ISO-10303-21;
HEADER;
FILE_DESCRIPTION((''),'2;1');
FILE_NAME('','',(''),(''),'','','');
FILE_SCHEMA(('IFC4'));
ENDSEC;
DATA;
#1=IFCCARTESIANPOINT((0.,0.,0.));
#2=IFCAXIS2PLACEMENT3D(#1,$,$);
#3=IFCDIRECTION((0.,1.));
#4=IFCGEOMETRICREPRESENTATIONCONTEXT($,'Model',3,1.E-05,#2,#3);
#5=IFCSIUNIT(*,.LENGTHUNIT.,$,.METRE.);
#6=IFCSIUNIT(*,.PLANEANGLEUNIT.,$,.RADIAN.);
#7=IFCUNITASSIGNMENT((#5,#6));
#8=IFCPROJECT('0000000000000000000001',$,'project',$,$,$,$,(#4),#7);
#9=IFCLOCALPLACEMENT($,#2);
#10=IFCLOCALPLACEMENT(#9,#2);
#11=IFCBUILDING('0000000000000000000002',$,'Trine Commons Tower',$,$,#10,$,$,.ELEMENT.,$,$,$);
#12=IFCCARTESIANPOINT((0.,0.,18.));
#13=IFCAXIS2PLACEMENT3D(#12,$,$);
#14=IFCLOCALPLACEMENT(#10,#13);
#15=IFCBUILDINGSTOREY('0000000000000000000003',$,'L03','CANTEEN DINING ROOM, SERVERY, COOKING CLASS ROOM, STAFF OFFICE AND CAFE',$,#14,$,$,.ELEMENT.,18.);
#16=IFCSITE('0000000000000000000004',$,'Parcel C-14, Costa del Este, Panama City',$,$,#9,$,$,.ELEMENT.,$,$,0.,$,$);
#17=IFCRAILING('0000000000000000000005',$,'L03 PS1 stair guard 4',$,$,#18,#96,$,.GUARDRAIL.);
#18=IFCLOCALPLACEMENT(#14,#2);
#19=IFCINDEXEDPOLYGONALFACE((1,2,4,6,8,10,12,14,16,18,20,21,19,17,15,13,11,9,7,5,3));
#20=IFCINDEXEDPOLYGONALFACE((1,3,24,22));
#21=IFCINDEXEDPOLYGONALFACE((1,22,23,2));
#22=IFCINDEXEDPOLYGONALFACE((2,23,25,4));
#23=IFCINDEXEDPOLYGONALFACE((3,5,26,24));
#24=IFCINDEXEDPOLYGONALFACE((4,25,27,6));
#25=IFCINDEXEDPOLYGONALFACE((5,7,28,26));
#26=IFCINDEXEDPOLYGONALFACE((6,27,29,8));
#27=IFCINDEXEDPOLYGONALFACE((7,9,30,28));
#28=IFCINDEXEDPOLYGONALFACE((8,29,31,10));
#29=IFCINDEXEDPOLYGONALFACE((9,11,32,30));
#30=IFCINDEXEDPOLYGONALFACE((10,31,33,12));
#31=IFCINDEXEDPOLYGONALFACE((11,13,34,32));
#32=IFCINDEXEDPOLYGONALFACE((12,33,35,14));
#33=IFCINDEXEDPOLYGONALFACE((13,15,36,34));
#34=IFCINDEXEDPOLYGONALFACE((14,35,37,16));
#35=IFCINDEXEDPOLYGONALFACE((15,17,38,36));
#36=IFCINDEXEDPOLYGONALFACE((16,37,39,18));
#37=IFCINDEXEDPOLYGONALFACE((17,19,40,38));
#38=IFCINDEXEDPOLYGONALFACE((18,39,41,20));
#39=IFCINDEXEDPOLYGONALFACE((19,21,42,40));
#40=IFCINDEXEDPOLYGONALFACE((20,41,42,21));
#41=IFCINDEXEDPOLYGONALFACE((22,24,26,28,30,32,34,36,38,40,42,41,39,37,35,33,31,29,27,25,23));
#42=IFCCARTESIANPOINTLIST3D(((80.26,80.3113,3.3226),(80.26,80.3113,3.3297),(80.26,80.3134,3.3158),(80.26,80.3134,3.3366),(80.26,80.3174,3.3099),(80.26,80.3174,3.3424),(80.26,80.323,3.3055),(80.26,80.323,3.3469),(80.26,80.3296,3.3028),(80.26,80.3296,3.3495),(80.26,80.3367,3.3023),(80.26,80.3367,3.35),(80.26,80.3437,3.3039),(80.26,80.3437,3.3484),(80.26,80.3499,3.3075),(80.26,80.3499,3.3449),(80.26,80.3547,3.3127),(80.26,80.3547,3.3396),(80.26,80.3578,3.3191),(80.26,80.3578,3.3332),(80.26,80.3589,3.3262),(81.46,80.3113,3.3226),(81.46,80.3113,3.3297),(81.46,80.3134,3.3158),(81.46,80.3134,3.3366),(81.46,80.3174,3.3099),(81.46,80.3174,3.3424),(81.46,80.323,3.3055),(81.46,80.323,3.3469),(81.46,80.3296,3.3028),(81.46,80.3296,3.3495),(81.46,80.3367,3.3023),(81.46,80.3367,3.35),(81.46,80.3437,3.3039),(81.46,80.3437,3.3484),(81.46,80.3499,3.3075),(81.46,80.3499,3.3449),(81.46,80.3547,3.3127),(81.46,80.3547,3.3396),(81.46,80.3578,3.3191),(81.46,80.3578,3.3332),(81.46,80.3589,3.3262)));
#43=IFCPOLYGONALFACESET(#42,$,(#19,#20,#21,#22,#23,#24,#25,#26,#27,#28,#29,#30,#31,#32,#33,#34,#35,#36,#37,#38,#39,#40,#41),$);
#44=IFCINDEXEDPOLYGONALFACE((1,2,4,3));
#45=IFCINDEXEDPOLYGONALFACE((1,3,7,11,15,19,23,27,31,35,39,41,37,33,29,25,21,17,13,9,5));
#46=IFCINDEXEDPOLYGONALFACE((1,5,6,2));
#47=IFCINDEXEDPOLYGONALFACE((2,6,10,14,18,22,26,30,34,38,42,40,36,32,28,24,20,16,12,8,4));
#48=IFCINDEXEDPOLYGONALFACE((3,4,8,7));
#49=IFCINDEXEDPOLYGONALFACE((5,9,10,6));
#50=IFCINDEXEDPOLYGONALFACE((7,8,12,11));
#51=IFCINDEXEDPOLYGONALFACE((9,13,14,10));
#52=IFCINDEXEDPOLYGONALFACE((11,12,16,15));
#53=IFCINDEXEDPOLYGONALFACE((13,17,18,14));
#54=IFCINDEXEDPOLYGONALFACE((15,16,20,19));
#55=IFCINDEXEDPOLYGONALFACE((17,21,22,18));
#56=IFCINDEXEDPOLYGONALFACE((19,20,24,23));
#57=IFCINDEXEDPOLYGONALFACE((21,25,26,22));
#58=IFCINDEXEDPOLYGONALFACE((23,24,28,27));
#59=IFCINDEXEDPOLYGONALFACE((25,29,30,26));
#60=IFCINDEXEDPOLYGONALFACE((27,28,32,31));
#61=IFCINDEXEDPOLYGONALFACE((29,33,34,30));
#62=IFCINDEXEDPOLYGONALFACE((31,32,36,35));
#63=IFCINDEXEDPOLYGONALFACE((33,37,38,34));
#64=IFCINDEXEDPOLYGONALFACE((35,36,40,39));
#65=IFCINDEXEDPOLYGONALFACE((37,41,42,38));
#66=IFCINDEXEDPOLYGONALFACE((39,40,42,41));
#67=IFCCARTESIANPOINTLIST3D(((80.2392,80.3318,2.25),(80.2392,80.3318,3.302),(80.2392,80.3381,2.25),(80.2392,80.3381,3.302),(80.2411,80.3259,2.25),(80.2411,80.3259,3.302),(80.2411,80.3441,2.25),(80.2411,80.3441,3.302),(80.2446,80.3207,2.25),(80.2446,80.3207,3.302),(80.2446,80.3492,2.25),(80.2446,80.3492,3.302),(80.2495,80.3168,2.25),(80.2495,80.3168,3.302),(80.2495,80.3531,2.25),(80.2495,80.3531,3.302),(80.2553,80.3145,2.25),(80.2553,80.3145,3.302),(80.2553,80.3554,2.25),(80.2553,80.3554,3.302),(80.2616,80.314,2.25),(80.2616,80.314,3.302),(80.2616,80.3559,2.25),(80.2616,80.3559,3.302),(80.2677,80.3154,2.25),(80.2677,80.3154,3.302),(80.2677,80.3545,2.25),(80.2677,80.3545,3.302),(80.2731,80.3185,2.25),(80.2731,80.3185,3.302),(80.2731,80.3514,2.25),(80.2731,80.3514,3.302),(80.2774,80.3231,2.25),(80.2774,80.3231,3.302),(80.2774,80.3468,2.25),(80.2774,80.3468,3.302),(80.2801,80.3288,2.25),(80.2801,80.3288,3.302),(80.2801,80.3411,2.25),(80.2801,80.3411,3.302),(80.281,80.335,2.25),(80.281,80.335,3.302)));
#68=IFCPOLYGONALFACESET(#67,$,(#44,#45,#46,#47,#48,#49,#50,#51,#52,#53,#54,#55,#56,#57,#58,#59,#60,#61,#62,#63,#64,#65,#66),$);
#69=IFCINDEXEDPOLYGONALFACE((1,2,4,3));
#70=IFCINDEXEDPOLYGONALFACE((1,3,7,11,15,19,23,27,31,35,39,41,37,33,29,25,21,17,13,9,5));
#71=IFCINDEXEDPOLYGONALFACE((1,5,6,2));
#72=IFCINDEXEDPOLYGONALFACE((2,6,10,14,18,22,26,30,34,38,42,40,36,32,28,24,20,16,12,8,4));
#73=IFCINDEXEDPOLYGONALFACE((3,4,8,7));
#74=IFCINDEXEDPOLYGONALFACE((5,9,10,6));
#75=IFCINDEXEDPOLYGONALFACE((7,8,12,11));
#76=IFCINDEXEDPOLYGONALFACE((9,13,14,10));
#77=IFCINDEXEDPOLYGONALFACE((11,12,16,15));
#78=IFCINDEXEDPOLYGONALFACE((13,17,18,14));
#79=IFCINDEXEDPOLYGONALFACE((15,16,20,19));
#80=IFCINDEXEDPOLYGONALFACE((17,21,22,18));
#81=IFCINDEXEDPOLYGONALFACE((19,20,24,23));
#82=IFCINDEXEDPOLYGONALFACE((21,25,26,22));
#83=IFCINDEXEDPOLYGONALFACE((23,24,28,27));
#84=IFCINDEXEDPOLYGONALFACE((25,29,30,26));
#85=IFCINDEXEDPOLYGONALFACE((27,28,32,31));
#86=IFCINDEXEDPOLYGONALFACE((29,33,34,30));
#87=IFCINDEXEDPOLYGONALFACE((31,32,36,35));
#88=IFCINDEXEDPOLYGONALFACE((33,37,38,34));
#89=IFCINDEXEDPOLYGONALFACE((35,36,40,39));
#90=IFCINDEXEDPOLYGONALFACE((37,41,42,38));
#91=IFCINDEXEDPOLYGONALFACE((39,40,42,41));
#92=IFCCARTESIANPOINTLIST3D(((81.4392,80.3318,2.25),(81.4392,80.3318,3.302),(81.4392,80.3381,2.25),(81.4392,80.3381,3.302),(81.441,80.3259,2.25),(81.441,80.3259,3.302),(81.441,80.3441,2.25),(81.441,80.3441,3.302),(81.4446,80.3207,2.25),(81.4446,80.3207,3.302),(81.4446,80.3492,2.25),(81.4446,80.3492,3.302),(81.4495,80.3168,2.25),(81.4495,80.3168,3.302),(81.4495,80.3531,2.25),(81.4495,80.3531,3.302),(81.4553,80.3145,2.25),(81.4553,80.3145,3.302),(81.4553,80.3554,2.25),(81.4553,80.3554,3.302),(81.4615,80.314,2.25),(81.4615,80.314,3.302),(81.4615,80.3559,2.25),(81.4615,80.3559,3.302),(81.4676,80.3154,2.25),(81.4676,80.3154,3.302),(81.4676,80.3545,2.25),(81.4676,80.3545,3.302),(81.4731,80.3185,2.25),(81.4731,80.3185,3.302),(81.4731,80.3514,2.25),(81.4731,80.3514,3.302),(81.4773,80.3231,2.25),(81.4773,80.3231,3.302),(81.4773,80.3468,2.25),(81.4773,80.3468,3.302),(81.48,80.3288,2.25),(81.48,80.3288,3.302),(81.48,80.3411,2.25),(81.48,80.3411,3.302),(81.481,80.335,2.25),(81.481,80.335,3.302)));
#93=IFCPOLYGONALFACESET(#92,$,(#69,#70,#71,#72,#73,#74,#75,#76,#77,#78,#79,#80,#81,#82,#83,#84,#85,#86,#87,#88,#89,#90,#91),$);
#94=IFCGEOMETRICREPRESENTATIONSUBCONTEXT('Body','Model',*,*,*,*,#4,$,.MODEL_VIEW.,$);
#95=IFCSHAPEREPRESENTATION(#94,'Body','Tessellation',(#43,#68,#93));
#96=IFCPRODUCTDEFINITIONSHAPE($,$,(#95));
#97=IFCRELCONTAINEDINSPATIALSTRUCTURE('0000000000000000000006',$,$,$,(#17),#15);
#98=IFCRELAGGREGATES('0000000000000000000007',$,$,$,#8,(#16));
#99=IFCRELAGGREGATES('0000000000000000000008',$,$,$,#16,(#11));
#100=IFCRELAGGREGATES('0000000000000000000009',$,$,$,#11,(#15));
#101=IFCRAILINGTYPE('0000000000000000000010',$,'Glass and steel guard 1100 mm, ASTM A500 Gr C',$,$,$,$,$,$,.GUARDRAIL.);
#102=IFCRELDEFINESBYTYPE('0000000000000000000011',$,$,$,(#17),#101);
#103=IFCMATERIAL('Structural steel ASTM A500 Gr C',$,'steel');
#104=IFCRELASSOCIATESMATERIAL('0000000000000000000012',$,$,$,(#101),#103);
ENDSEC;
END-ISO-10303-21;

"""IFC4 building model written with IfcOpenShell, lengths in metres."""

from ifc_helpers import new_model, si_unit, direction, frame, origin, origin_2d, place, context, subcontext, project, spatial, circle, extrude, material, type_object, element, save


model = new_model("IFC4")

# Units and contexts
model_context = context("Model", 3, precision=1e-05, world=origin(), true_north=direction((0.0, 1.0)))
body_context = subcontext(model_context, "Body", "Model", "MODEL_VIEW")
ifc_project = project(units=[si_unit("LENGTHUNIT", "METRE"), si_unit("PLANEANGLEUNIT", "RADIAN")], contexts=[model_context])

# Site, building, storey
site_placement = place(None, origin())
site = spatial("IfcSite", under=ifc_project, at=site_placement, Name="Parcel C-14, Costa del Este, Panama City", CompositionType="ELEMENT", RefElevation=0.0)
building_placement = place(site_placement, origin())
building = spatial("IfcBuilding", under=site, at=building_placement, Name="Trine Commons Tower", CompositionType="ELEMENT")
storey_placement = place(building_placement, frame((0.0, 0.0, 18.0)))
storey = spatial("IfcBuildingStorey", under=building, at=storey_placement, Name="L03", Description="CANTEEN DINING ROOM, SERVERY, COOKING CLASS ROOM, STAFF OFFICE AND CAFE", CompositionType="ELEMENT", Elevation=18.0)

# Railing
ifc_material_1 = material(Name="Structural steel ASTM A500 Gr C", Category="steel")
railing_type_1 = type_object("IfcRailingType", Name="Glass and steel guard 1100 mm, ASTM A500 Gr C", PredefinedType="GUARDRAIL", material=ifc_material_1)
for number, where, name in (
    (1, (80.26, 80.335, 2.25), "L03 PS1 stair guard 4"),
):
    element("IfcRailing", number, at=place(storey_placement, frame(where)), inside=storey, type_object=railing_type_1, Name=name, PredefinedType="GUARDRAIL", context=body_context, shape_type="SweptSolid", body=[
        extrude(circle(Radius=0.0239, at=origin_2d()), frame((0.0, 0.0, 1.0762), z_axis=(1.0, 0.0, 0.0), x_axis=(0.0, 1.0, 0.0)), (0.0, 0.0, 1.0), 1.2),
        extrude(circle(Radius=0.021, at=origin_2d()), origin(), (0.0, 0.0, 1.0), 1.052),
        extrude(circle(Radius=0.021, at=origin_2d()), frame((1.2, 0.0, 0.0)), (0.0, 0.0, 1.0), 1.052),
    ])

save(model, "model.ifc")
